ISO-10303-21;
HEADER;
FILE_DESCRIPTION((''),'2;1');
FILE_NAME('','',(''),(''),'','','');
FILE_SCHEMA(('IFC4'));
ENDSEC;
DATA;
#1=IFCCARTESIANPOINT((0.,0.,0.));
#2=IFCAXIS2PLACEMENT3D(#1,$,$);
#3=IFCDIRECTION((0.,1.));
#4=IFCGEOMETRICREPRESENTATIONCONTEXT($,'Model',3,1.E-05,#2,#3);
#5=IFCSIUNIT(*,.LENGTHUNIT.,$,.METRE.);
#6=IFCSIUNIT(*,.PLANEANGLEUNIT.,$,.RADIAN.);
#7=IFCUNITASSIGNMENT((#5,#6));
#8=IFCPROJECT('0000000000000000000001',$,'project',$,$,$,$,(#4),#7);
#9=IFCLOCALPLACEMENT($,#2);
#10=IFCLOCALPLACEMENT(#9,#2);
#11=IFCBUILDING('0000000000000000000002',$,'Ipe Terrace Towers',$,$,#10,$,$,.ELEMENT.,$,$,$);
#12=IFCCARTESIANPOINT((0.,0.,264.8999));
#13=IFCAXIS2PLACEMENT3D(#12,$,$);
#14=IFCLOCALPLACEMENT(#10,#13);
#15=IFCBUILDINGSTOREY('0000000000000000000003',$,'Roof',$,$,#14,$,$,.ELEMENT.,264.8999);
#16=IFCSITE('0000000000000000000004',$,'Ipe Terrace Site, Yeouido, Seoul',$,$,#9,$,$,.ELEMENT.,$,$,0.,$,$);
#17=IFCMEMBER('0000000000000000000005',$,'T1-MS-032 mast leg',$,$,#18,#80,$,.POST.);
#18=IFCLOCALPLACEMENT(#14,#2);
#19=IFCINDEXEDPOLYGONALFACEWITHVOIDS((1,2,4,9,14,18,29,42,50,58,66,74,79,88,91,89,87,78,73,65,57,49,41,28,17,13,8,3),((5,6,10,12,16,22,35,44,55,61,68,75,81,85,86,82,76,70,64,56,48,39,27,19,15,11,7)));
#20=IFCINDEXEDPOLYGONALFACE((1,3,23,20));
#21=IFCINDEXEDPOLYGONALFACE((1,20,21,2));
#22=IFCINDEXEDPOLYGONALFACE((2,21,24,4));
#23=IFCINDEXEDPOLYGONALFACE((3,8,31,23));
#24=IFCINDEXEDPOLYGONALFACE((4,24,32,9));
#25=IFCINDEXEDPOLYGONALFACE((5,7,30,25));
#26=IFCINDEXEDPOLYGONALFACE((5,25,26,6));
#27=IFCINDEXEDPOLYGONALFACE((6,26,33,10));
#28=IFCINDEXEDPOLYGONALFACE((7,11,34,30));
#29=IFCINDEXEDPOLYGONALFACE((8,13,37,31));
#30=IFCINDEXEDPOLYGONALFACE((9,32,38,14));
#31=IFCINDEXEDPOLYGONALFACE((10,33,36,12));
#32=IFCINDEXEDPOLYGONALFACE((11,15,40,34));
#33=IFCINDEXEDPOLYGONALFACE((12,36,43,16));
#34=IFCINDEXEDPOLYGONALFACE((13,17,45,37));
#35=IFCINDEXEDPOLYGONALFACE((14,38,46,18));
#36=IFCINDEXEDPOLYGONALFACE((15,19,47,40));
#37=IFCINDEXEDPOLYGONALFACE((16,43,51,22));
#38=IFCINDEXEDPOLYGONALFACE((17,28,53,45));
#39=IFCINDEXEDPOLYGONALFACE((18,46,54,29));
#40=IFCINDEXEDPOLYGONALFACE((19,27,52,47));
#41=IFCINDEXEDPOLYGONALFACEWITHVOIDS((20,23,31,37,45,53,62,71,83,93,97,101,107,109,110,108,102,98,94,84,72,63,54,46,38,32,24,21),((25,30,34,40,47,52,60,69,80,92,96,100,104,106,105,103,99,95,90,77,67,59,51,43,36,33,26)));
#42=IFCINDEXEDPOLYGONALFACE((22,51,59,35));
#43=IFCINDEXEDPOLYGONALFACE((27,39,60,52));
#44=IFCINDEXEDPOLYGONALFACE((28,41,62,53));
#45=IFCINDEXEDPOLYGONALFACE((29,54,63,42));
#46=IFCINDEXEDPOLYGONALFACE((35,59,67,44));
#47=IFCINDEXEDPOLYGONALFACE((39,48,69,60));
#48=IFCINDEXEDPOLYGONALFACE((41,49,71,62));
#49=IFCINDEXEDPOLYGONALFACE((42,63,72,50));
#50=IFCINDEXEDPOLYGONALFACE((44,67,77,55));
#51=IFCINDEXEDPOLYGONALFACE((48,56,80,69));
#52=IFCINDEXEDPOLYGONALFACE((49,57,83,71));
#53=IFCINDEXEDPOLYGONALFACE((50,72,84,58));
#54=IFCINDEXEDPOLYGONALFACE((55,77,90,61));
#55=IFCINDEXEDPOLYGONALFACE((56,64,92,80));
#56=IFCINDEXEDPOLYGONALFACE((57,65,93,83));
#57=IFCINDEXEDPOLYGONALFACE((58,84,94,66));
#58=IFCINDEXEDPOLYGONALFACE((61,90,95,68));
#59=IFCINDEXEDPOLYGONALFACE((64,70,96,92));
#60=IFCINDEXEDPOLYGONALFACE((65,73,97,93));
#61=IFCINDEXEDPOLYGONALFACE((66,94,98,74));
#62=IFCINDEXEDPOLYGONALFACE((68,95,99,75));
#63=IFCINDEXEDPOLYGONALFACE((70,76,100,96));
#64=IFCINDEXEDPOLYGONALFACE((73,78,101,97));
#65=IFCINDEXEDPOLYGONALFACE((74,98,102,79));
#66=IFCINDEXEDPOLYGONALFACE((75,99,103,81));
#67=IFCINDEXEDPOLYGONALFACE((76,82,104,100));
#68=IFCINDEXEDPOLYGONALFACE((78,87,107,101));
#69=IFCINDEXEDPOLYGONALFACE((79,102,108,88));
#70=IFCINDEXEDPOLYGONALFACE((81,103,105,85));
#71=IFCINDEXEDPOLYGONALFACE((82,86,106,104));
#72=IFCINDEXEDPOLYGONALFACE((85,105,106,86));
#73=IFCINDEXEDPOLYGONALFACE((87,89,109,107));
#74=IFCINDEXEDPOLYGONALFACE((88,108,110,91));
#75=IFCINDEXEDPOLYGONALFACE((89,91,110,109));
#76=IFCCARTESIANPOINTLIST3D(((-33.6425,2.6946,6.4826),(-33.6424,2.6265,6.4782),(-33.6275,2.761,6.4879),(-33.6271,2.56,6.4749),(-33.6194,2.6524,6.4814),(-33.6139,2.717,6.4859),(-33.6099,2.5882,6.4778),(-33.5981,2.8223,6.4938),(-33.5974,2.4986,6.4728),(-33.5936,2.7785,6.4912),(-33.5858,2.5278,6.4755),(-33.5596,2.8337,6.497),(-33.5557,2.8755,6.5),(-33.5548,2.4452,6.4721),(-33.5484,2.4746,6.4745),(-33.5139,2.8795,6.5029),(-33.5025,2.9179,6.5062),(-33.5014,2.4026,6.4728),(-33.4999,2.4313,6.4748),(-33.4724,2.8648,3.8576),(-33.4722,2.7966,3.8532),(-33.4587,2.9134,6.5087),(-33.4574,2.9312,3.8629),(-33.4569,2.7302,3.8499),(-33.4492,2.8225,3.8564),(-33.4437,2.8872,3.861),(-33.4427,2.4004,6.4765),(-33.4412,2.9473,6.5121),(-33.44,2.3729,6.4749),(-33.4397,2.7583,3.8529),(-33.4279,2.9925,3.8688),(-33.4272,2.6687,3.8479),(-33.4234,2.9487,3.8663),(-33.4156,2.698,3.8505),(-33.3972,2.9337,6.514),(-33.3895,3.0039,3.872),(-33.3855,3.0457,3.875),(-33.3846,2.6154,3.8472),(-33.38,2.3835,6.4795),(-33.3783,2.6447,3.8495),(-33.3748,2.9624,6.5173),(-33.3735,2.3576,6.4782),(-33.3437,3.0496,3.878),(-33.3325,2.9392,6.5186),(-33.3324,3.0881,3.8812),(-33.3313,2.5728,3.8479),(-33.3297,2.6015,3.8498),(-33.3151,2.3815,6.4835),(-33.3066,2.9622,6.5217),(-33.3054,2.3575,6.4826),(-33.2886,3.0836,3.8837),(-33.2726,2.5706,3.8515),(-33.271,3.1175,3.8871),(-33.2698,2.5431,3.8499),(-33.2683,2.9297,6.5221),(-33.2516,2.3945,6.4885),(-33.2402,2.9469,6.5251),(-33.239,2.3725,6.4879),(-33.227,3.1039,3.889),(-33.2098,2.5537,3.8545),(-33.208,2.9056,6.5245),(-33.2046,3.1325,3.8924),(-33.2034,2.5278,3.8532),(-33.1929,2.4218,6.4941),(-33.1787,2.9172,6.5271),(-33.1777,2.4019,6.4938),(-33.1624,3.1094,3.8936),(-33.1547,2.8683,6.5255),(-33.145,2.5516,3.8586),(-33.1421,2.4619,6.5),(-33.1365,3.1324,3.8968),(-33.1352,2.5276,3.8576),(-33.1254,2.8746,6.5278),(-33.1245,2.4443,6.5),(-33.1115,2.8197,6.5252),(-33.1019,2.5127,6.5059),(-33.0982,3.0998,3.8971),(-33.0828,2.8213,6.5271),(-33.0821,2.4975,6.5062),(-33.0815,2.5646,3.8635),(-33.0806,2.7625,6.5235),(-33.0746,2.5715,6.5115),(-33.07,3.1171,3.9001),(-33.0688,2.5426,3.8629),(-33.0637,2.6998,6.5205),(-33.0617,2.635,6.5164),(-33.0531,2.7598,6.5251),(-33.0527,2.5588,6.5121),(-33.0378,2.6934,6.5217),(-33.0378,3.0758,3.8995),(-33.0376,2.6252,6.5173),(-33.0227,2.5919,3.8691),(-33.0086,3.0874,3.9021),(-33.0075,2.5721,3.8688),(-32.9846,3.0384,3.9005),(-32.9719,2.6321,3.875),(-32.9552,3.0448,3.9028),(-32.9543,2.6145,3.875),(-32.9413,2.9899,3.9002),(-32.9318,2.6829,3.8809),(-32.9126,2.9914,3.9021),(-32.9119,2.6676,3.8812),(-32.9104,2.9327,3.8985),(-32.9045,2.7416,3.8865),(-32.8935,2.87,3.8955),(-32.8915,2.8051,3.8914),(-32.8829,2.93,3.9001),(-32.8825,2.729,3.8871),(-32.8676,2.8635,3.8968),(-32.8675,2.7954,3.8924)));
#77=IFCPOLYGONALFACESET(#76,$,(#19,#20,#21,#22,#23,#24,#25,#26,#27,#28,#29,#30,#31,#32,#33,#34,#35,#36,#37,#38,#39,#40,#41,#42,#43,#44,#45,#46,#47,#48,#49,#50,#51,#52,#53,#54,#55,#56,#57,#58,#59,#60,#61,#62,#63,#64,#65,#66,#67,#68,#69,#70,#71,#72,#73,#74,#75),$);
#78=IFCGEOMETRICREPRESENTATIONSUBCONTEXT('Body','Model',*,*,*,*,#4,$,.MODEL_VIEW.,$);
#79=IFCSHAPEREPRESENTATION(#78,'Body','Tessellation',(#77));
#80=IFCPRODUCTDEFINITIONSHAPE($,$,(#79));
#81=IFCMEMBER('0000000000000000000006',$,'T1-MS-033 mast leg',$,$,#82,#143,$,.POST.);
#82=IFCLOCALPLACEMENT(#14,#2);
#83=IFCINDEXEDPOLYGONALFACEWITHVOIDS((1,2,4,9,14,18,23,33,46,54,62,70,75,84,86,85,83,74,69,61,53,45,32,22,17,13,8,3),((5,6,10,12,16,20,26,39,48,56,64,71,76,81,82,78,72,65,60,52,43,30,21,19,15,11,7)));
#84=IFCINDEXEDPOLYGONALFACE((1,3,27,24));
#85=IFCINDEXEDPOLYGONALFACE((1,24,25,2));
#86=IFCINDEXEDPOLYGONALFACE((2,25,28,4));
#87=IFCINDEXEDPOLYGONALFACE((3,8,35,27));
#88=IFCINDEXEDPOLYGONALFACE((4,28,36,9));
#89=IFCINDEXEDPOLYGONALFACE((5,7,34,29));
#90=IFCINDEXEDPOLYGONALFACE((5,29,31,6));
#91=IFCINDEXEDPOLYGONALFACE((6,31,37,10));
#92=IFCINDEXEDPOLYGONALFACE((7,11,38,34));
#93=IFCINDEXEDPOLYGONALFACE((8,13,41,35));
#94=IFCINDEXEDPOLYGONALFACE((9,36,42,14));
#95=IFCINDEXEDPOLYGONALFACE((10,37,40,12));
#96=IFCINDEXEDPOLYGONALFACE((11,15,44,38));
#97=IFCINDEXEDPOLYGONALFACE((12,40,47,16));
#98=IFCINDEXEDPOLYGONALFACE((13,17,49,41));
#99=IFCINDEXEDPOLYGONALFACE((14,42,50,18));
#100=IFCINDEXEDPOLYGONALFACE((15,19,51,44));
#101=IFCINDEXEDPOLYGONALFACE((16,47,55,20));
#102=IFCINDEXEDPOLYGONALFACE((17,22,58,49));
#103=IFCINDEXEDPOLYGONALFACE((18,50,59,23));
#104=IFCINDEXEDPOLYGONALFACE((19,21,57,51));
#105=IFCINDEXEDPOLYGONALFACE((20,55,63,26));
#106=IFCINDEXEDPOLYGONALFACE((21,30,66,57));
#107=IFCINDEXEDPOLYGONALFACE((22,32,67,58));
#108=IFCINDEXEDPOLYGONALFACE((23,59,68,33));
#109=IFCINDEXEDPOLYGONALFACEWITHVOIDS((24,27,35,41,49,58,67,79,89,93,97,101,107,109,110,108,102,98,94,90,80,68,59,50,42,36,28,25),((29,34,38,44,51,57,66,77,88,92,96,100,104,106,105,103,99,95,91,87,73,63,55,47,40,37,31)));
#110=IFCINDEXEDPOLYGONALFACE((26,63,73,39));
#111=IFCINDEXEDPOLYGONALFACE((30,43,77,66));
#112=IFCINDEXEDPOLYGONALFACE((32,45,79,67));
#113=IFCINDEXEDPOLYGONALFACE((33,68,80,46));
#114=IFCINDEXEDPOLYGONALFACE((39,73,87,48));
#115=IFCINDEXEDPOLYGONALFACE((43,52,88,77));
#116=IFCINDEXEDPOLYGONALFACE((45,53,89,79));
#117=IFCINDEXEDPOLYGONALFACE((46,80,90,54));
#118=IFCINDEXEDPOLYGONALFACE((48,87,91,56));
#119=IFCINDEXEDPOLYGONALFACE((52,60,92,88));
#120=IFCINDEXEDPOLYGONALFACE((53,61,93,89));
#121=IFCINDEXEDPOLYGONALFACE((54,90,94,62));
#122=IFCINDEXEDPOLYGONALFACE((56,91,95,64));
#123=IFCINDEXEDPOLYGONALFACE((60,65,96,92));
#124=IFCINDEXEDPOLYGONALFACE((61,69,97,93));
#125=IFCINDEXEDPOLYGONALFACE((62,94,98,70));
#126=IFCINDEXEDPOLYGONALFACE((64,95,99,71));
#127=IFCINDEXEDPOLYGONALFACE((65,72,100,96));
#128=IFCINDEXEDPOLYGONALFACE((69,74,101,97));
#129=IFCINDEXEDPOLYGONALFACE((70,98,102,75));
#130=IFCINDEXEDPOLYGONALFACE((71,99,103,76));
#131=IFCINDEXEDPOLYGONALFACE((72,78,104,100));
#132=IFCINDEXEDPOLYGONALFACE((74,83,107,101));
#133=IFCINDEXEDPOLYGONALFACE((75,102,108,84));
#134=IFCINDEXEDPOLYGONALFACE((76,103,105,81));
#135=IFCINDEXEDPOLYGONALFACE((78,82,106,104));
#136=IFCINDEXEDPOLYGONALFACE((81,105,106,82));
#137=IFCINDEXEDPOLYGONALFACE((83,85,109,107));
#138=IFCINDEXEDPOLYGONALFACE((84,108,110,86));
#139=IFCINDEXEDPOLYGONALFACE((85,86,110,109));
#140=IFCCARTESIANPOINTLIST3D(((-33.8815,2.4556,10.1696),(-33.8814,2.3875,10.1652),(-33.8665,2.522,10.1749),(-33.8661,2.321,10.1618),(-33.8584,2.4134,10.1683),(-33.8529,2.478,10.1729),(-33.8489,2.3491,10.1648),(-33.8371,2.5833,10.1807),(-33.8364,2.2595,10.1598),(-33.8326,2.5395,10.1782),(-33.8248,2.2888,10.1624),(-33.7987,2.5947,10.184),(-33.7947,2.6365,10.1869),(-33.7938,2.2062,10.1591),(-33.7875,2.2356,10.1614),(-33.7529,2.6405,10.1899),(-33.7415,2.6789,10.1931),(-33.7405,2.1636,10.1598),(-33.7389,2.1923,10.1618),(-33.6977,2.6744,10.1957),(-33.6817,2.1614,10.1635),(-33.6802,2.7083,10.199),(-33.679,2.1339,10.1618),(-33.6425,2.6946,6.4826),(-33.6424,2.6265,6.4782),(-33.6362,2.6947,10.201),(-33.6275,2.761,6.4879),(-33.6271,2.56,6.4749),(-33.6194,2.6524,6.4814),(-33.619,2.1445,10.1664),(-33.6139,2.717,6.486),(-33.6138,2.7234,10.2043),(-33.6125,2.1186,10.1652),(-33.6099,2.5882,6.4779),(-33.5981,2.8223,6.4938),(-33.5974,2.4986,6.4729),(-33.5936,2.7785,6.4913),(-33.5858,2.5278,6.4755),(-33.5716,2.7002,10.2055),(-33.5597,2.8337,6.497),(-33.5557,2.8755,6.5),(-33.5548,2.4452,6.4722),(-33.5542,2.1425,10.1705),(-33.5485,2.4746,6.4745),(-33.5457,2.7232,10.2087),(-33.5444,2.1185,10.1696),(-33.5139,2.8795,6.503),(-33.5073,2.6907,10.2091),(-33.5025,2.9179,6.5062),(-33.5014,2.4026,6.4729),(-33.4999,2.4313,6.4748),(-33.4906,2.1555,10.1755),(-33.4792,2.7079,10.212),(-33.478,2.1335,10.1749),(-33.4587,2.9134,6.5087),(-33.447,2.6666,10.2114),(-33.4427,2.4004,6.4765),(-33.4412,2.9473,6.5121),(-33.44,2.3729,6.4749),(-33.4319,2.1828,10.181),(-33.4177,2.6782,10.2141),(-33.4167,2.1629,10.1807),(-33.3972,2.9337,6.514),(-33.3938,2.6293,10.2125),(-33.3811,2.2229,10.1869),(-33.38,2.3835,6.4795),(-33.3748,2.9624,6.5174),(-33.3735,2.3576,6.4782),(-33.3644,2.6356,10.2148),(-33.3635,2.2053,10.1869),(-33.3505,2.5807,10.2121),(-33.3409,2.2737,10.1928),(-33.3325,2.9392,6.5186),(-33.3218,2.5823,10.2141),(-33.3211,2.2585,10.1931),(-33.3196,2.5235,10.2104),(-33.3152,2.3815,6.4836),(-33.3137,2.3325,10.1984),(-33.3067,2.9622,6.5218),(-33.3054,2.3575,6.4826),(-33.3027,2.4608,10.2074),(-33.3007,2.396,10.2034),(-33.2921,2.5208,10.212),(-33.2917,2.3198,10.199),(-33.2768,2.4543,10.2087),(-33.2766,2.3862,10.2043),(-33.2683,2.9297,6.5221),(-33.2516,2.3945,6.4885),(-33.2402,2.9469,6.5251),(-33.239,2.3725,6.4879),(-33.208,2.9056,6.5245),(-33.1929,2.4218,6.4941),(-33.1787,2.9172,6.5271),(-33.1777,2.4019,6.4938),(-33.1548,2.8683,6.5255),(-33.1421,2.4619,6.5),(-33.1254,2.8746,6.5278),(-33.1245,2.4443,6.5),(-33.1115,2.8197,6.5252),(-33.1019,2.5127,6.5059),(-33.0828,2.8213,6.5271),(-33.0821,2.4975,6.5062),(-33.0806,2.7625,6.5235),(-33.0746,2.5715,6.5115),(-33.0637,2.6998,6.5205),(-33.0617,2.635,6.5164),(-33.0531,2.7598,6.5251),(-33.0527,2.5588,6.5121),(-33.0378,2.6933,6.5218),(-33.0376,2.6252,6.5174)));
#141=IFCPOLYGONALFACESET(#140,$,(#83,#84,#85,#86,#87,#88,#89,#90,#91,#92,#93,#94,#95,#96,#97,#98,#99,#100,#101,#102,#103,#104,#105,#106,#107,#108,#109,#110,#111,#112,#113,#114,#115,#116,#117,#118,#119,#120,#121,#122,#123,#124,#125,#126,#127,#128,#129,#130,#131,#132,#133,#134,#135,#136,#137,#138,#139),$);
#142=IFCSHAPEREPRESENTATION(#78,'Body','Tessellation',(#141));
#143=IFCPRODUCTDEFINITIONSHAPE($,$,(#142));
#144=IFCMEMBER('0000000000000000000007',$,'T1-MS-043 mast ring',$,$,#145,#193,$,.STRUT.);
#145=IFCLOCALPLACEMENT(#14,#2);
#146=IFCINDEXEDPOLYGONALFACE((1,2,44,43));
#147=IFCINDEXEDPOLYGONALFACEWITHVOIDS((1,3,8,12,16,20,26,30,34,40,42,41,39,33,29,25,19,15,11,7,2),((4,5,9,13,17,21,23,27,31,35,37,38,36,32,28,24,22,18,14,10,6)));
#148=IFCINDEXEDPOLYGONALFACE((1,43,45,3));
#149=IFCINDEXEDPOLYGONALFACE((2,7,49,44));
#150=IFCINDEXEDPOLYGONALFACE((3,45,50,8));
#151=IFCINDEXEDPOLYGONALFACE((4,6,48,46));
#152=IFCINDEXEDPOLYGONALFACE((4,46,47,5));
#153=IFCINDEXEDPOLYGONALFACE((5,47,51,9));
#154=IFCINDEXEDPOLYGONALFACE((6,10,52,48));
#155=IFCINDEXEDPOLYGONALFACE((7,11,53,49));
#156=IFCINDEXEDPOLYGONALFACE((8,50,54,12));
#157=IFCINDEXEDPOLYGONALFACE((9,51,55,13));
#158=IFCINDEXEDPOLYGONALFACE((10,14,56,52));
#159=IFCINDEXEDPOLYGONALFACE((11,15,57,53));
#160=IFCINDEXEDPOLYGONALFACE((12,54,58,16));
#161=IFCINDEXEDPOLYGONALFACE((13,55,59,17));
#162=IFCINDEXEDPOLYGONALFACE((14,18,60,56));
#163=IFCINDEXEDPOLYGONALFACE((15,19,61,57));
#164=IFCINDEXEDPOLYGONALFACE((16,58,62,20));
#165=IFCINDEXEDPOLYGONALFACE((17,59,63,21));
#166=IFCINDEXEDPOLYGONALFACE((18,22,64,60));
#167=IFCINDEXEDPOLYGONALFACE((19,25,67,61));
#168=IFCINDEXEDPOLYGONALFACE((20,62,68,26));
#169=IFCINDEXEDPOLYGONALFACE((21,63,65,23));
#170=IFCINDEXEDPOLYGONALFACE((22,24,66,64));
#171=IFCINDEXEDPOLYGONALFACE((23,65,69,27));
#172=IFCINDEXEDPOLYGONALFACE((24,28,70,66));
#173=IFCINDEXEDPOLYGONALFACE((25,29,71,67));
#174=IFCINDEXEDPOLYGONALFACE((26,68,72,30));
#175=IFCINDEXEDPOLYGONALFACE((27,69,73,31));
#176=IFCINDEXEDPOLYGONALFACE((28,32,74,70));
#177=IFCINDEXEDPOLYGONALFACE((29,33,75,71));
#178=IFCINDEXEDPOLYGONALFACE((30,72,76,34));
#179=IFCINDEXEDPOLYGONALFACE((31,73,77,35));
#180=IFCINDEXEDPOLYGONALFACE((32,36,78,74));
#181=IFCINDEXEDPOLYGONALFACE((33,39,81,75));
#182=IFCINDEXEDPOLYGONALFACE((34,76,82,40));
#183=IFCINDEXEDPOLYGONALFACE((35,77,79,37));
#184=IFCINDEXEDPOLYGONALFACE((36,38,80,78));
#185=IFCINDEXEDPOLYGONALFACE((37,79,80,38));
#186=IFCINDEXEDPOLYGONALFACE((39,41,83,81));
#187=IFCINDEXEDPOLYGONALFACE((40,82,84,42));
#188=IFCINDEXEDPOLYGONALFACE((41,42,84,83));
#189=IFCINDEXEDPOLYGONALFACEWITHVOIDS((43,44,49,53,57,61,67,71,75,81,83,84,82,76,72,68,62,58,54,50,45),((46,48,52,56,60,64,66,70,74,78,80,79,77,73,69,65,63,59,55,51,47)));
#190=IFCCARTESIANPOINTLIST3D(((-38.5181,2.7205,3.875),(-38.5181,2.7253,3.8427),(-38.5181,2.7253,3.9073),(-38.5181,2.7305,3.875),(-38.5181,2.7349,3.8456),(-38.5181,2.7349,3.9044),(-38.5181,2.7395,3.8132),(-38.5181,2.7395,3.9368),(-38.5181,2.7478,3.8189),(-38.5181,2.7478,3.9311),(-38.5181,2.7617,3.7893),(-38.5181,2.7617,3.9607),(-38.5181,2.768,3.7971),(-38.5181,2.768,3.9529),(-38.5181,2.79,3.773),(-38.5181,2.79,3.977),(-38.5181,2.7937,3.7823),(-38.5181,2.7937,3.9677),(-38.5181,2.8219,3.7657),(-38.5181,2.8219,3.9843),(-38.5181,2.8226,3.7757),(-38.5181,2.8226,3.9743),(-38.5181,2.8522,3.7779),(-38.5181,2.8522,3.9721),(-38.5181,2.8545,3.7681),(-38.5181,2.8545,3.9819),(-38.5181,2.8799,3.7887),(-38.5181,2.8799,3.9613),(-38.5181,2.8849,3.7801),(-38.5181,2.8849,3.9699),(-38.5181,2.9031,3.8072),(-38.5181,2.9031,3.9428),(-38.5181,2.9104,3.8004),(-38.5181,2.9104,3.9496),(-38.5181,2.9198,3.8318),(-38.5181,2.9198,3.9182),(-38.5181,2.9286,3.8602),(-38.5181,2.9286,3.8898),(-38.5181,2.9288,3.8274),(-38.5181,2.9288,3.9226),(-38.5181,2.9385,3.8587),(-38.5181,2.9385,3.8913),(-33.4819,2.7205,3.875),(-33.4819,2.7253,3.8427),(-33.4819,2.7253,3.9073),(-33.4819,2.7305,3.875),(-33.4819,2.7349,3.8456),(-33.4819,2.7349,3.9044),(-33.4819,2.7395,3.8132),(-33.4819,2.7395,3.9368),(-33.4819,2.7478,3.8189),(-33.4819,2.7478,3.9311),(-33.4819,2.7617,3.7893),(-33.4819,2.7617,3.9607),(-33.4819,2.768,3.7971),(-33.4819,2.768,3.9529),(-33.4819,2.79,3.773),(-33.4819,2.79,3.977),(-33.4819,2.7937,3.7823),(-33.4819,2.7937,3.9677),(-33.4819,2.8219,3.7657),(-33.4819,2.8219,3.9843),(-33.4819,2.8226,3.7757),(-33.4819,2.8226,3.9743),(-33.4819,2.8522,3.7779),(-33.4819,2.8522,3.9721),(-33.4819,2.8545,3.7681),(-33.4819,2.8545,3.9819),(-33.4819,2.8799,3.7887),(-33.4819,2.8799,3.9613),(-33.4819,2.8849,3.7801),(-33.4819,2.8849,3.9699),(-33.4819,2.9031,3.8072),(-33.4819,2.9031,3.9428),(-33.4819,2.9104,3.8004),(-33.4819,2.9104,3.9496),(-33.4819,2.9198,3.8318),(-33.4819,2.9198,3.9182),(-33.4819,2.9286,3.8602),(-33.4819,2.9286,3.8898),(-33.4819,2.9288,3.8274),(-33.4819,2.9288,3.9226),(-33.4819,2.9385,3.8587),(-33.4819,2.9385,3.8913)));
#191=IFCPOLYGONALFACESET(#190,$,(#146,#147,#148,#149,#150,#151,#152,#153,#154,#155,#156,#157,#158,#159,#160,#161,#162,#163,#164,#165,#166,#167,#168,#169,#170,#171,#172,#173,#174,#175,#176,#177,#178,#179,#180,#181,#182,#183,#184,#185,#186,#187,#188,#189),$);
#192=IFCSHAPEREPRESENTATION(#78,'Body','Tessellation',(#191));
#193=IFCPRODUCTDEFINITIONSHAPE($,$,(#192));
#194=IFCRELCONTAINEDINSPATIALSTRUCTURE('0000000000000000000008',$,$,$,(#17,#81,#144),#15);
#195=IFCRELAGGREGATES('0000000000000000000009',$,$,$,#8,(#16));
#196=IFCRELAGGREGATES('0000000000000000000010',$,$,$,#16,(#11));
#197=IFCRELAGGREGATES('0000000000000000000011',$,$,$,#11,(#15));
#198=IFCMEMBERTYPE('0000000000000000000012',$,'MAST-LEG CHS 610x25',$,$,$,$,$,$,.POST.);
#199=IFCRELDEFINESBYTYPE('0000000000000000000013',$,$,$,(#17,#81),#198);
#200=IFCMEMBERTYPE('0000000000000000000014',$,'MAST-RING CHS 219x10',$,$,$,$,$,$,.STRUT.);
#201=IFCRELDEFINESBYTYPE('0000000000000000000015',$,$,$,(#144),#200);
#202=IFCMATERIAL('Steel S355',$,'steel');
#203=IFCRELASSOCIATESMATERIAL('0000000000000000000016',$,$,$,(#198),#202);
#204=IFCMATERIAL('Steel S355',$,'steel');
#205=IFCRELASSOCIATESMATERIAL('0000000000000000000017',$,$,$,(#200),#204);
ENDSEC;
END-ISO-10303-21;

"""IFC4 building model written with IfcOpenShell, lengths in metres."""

from ifc_helpers import new_model, si_unit, direction, frame, origin, origin_2d, place, context, subcontext, project, spatial, hollow_circle, extrude, material, material_profile, profile_set, type_object, element, save


model = new_model("IFC4")

# Units and contexts
model_context = context("Model", 3, precision=1e-05, world=origin(), true_north=direction((0.0, 1.0)))
body_context = subcontext(model_context, "Body", "Model", "MODEL_VIEW")
ifc_project = project(units=[si_unit("LENGTHUNIT", "METRE"), si_unit("PLANEANGLEUNIT", "RADIAN")], contexts=[model_context])

# Site, building, storey
site_placement = place(None, origin())
site = spatial("IfcSite", under=ifc_project, at=site_placement, Name="Ipe Terrace Site, Yeouido, Seoul", CompositionType="ELEMENT", RefElevation=0.0)
building_placement = place(site_placement, origin())
building = spatial("IfcBuilding", under=site, at=building_placement, Name="Ipe Terrace Towers", CompositionType="ELEMENT")
storey_placement = place(building_placement, frame((0.0, 0.0, 264.8999)))
storey = spatial("IfcBuildingStorey", under=building, at=storey_placement, Name="Roof", CompositionType="ELEMENT", Elevation=264.8999)

# Members
ifc_material_1 = material(Name="Steel S355", Category="steel")
ifc_material_profile_1 = material_profile(ifc_material_1, hollow_circle(Radius=0.3049, WallThickness=0.0249, at=origin_2d()), Name="MAST-LEG CHS 610x25")
ifc_profile_set_1 = profile_set([ifc_material_profile_1], Name="Steel S355")
member_type_1 = type_object("IfcMemberType", Name="MAST-LEG CHS 610x25", PredefinedType="POST", material=ifc_profile_set_1)
member_1_placement = place(storey_placement, frame((-33.1699, 2.8301, 3.875), z_axis=(-0.064554, -0.064554, 0.995824), x_axis=(0.707107, -0.707107, 0.0)))
element("IfcMember", 1, at=member_1_placement, inside=storey, type_object=member_type_1, Name="T1-MS-032 mast leg", PredefinedType="POST", context=body_context, shape_type="SweptSolid", body=[
    extrude(hollow_circle(Radius=0.3049, WallThickness=0.0249, at=origin_2d()), origin(), (0.0, 0.0, 1.0), 2.636),
])
member_2_placement = place(storey_placement, frame((-33.3401, 2.6599, 6.5), z_axis=(-0.064555, -0.064555, 0.995824), x_axis=(0.707107, -0.707107, 0.0)))
element("IfcMember", 2, at=member_2_placement, inside=storey, type_object=member_type_1, Name="T1-MS-033 mast leg", PredefinedType="POST", context=body_context, shape_type="SweptSolid", body=[
    extrude(hollow_circle(Radius=0.3049, WallThickness=0.0249, at=origin_2d()), origin(), (0.0, 0.0, 1.0), 3.7024),
])
ifc_material_2 = material(Name="Steel S355", Category="steel")
ifc_material_profile_2 = material_profile(ifc_material_2, hollow_circle(Radius=0.1096, WallThickness=0.01, at=origin_2d()), Name="MAST-RING CHS 219x10")
ifc_profile_set_2 = profile_set([ifc_material_profile_2], Name="Steel S355")
member_type_2 = type_object("IfcMemberType", Name="MAST-RING CHS 219x10", PredefinedType="STRUT", material=ifc_profile_set_2)
member_3_placement = place(storey_placement, frame((-33.4819, 2.8301, 3.875), z_axis=(-1.0, 0.0, 0.0), x_axis=(0.0, -1.0, 0.0)))
element("IfcMember", 3, at=member_3_placement, inside=storey, type_object=member_type_2, Name="T1-MS-043 mast ring", PredefinedType="STRUT", context=body_context, shape_type="SweptSolid", body=[
    extrude(hollow_circle(Radius=0.1096, WallThickness=0.01, at=origin_2d()), origin(), (0.0, 0.0, 1.0), 5.0361),
])

save(model, "model.ifc")
